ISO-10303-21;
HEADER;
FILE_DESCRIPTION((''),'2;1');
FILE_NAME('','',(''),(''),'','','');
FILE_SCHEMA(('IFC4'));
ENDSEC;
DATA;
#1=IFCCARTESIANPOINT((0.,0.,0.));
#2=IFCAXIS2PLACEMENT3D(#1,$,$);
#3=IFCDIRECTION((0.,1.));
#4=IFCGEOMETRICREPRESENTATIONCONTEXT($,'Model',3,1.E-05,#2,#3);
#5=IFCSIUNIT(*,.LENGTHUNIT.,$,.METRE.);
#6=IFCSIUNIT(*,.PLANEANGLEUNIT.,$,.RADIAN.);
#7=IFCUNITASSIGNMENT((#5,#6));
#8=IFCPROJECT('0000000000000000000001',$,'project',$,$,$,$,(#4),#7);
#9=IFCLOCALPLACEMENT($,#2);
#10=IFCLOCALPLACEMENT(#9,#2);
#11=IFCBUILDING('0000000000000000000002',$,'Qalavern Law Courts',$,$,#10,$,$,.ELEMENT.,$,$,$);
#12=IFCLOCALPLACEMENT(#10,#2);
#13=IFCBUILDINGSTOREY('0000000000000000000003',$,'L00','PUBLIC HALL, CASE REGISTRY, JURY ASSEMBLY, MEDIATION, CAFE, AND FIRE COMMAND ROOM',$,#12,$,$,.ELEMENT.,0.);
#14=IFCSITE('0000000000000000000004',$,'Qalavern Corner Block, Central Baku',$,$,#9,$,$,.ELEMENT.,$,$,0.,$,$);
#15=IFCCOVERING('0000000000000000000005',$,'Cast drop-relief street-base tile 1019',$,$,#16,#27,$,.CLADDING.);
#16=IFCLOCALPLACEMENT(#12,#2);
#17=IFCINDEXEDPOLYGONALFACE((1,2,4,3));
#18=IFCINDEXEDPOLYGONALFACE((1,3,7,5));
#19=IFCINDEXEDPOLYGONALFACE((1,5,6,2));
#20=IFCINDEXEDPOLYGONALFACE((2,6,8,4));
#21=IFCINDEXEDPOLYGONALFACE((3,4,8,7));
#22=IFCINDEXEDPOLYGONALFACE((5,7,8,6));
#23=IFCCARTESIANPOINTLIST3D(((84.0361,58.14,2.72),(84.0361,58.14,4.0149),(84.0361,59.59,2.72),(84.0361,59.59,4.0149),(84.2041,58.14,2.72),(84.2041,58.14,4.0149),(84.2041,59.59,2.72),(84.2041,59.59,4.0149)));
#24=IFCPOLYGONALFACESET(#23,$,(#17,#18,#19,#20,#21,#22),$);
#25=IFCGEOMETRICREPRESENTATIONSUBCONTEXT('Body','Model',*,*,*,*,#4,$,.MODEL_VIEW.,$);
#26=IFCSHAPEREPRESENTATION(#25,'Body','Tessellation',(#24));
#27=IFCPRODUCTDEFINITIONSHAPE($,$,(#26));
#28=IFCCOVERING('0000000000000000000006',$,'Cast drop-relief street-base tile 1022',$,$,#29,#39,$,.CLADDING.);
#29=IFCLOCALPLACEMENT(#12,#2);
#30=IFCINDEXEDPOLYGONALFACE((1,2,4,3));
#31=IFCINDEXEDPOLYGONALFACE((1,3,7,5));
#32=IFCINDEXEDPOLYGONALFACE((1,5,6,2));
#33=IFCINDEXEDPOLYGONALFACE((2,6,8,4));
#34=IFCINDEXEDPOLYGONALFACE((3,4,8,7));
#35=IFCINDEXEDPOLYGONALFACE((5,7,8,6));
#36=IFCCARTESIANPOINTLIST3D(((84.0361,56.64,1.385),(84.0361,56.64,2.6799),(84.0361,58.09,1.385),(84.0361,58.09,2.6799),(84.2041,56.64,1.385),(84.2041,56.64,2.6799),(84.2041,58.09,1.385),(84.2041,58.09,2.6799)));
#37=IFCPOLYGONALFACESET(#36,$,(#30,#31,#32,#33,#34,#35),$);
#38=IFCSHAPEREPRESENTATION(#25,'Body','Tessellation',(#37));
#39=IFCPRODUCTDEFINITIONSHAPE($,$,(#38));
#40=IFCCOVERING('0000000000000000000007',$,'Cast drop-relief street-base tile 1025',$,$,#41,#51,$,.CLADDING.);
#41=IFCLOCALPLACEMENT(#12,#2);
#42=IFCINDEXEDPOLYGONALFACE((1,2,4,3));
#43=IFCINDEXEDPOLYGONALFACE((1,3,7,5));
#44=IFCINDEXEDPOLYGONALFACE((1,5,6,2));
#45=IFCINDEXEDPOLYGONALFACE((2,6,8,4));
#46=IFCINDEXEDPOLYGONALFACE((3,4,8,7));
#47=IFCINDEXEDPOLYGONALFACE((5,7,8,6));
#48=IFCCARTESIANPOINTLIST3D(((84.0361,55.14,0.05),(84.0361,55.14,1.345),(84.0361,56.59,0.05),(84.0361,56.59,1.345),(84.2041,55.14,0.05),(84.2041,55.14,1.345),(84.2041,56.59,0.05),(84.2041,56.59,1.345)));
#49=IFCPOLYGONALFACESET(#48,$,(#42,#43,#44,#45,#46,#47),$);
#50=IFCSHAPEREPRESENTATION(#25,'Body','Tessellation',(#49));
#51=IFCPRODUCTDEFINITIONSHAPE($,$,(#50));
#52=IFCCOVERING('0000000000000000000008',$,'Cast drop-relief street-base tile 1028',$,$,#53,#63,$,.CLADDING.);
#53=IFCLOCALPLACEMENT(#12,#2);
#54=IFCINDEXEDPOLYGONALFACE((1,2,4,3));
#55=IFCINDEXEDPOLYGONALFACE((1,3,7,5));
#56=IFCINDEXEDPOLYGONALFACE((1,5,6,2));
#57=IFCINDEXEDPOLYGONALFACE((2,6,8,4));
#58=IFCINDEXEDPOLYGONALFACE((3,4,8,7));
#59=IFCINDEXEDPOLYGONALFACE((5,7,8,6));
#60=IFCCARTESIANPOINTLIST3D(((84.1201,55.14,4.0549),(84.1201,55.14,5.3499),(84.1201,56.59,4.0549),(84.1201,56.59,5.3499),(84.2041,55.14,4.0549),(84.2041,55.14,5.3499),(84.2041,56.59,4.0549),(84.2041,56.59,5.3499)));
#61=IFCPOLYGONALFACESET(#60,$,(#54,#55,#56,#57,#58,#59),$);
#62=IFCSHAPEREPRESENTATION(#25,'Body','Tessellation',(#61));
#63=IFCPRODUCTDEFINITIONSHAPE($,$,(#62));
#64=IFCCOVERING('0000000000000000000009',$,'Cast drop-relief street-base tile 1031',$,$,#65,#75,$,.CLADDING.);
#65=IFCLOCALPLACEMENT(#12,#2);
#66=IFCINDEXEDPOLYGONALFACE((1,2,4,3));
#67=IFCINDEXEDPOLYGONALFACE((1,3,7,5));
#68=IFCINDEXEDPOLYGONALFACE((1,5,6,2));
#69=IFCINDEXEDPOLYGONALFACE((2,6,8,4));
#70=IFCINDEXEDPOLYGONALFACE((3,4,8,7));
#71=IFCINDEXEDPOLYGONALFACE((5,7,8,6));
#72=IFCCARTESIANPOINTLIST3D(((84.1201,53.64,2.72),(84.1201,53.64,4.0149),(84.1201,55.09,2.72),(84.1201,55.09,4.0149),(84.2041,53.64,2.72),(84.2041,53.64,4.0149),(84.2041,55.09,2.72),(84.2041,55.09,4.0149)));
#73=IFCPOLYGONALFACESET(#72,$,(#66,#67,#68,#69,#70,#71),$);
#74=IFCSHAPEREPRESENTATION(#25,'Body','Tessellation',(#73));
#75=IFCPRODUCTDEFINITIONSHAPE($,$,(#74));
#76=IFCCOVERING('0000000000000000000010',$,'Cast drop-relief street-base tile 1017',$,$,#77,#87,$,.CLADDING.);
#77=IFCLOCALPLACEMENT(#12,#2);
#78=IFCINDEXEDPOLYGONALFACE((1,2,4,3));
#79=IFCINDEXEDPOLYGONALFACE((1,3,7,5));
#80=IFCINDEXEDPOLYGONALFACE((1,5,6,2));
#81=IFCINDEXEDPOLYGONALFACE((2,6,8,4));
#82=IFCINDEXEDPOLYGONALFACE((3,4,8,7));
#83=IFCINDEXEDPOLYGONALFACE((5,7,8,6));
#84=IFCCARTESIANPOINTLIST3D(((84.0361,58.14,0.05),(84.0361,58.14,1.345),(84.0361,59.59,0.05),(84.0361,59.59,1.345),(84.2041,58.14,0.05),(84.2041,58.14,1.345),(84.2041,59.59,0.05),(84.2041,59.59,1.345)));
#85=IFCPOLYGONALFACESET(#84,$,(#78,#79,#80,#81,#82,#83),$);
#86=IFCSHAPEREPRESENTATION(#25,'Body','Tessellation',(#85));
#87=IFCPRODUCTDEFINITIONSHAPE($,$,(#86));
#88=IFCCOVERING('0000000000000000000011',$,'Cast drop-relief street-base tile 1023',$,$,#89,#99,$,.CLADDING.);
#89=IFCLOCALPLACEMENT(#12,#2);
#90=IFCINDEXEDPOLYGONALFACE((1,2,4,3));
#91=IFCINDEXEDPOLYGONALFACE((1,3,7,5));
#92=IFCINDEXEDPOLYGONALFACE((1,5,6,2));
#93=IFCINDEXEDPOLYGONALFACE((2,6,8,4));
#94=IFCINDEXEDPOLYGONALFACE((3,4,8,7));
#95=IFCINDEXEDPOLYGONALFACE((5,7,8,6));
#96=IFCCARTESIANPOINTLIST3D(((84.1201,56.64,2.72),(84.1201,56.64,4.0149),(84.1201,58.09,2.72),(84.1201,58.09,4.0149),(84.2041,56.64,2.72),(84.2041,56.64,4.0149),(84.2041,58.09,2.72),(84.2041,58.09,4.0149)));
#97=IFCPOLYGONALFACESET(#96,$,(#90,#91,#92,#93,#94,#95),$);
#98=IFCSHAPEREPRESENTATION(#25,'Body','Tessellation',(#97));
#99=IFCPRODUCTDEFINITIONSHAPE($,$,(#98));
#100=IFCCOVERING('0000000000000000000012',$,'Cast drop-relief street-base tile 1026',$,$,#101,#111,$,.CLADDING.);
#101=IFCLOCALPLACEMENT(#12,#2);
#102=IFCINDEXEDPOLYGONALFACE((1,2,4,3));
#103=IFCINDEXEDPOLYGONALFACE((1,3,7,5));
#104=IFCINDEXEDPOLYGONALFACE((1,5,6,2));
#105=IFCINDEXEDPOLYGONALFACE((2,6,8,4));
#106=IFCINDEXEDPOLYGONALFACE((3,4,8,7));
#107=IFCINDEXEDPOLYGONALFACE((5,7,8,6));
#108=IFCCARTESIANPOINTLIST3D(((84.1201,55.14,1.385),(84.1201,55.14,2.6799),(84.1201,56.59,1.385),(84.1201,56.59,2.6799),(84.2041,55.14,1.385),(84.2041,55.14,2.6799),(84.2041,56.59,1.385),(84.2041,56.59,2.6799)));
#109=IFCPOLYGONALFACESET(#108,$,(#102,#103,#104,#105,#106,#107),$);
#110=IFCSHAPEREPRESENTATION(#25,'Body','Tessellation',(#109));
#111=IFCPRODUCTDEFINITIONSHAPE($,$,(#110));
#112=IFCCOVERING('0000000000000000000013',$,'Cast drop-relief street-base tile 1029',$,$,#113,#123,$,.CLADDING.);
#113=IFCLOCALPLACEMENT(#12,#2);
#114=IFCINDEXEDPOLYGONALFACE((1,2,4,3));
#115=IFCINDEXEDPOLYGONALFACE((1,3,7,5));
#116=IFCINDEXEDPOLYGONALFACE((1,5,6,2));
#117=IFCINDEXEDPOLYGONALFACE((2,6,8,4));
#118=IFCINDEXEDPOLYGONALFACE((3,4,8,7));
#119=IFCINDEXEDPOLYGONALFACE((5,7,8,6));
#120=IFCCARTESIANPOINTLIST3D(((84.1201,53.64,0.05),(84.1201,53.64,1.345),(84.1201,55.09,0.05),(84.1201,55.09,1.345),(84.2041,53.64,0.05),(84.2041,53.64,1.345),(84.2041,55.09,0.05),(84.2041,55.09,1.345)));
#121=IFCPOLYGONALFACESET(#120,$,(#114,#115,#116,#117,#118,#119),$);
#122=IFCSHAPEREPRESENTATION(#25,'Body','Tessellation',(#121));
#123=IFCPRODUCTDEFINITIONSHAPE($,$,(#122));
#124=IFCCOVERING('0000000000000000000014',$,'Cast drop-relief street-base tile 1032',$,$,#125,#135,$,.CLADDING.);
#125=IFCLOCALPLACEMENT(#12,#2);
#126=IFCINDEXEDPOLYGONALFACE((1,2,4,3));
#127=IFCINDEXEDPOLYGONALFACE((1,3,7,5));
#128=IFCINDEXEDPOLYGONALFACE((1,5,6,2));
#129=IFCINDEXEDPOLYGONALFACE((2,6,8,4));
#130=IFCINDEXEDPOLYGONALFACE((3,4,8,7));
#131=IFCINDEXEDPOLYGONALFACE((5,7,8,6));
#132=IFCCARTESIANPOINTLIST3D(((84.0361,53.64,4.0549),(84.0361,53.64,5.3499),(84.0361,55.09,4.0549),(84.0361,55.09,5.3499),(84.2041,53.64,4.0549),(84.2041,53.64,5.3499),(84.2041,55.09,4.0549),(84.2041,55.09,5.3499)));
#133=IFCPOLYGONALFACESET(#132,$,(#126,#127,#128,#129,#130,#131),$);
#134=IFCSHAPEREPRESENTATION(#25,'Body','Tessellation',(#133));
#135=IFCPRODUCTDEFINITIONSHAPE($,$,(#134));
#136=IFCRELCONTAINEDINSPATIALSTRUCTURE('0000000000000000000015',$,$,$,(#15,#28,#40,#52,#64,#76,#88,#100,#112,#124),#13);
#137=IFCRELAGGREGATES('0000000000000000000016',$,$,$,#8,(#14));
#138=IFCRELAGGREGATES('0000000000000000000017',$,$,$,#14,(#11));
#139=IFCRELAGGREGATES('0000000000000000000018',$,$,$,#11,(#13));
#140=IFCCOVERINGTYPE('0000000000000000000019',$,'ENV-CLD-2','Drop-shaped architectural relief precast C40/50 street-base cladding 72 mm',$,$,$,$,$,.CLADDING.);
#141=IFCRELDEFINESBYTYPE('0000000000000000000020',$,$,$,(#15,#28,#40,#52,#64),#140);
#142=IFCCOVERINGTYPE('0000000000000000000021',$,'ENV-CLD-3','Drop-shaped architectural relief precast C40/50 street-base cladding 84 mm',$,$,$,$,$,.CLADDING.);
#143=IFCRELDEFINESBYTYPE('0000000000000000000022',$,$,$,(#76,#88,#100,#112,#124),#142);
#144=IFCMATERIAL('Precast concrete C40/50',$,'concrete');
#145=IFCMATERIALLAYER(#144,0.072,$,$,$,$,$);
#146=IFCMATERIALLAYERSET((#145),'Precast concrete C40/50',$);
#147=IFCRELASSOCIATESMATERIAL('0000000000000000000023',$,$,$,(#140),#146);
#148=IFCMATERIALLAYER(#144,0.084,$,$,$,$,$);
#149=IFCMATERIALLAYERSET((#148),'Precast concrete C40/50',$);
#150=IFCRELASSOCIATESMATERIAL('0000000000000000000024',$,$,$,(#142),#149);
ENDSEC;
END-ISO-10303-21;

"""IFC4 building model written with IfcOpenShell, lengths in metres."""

from ifc_helpers import new_model, si_unit, direction, frame, origin, origin_2d, place, context, subcontext, project, spatial, rectangle, extrude, material, layer, layer_set, type_object, element, save


model = new_model("IFC4")

# Units and contexts
model_context = context("Model", 3, precision=1e-05, world=origin(), true_north=direction((0.0, 1.0)))
body_context = subcontext(model_context, "Body", "Model", "MODEL_VIEW")
ifc_project = project(units=[si_unit("LENGTHUNIT", "METRE"), si_unit("PLANEANGLEUNIT", "RADIAN")], contexts=[model_context])

# Site, building, storey
site_placement = place(None, origin())
site = spatial("IfcSite", under=ifc_project, at=site_placement, Name="Qalavern Corner Block, Central Baku", CompositionType="ELEMENT", RefElevation=0.0)
building_placement = place(site_placement, origin())
building = spatial("IfcBuilding", under=site, at=building_placement, Name="Qalavern Law Courts", CompositionType="ELEMENT")
storey_placement = place(building_placement, origin())
storey = spatial("IfcBuildingStorey", under=building, at=storey_placement, Name="L00", Description="PUBLIC HALL, CASE REGISTRY, JURY ASSEMBLY, MEDIATION, CAFE, AND FIRE COMMAND ROOM", CompositionType="ELEMENT", Elevation=0.0)

# Coverings
ifc_material_1 = material(Name="Precast concrete C40/50", Category="concrete")
ifc_layer_1 = layer(ifc_material_1, 0.072)
ifc_layer_set_1 = layer_set([ifc_layer_1], Name="Precast concrete C40/50")
covering_type_1 = type_object("IfcCoveringType", Name="ENV-CLD-2", Description="Drop-shaped architectural relief precast C40/50 street-base cladding 72 mm", PredefinedType="CLADDING", material=ifc_layer_set_1)
for number, where, z_axis, x_axis, name in (
    (1, (84.1201, 58.865, 2.72), (0.0, 0.0, 1.0), (0.0, -1.0, 0.0), "Cast drop-relief street-base tile 1019"),
    (2, (84.1201, 57.365, 1.385), (0.0, 0.0, 1.0), (0.0, -1.0, 0.0), "Cast drop-relief street-base tile 1022"),
    (3, (84.1201, 55.865, 0.05), (0.0, 0.0, 1.0), (0.0, -1.0, 0.0), "Cast drop-relief street-base tile 1025"),
):
    element("IfcCovering", number, at=place(storey_placement, frame(where, z_axis=z_axis, x_axis=x_axis)), inside=storey, type_object=covering_type_1, Name=name, PredefinedType="CLADDING", context=body_context, shape_type="SweptSolid", body=[
        extrude(rectangle(XDim=1.45, YDim=0.168, at=origin_2d()), origin(), (0.0, 0.0, 1.0), 1.2949),
    ])
for number, where, z_axis, x_axis, name in (
    (4, (84.1621, 55.865, 4.0549), (0.0, 0.0, 1.0), (0.0, -1.0, 0.0), "Cast drop-relief street-base tile 1028"),
    (5, (84.1621, 54.365, 2.72), (0.0, 0.0, 1.0), (0.0, -1.0, 0.0), "Cast drop-relief street-base tile 1031"),
):
    element("IfcCovering", number, at=place(storey_placement, frame(where, z_axis=z_axis, x_axis=x_axis)), inside=storey, type_object=covering_type_1, Name=name, PredefinedType="CLADDING", context=body_context, shape_type="SweptSolid", body=[
        extrude(rectangle(XDim=1.45, YDim=0.084, at=origin_2d()), origin(), (0.0, 0.0, 1.0), 1.2949),
    ])
ifc_layer_2 = layer(ifc_material_1, 0.084)
ifc_layer_set_2 = layer_set([ifc_layer_2], Name="Precast concrete C40/50")
covering_type_2 = type_object("IfcCoveringType", Name="ENV-CLD-3", Description="Drop-shaped architectural relief precast C40/50 street-base cladding 84 mm", PredefinedType="CLADDING", material=ifc_layer_set_2)
covering_1_placement = place(storey_placement, frame((84.1201, 58.865, 0.05), z_axis=(0.0, 0.0, 1.0), x_axis=(0.0, -1.0, 0.0)))
element("IfcCovering", 6, at=covering_1_placement, inside=storey, type_object=covering_type_2, Name="Cast drop-relief street-base tile 1017", PredefinedType="CLADDING", context=body_context, shape_type="SweptSolid", body=[
    extrude(rectangle(XDim=1.45, YDim=0.168, at=origin_2d()), origin(), (0.0, 0.0, 1.0), 1.2949),
])
for number, where, z_axis, x_axis, name in (
    (7, (84.1621, 57.365, 2.72), (0.0, 0.0, 1.0), (0.0, -1.0, 0.0), "Cast drop-relief street-base tile 1023"),
    (8, (84.1621, 55.865, 1.385), (0.0, 0.0, 1.0), (0.0, -1.0, 0.0), "Cast drop-relief street-base tile 1026"),
    (9, (84.1621, 54.365, 0.05), (0.0, 0.0, 1.0), (0.0, -1.0, 0.0), "Cast drop-relief street-base tile 1029"),
):
    element("IfcCovering", number, at=place(storey_placement, frame(where, z_axis=z_axis, x_axis=x_axis)), inside=storey, type_object=covering_type_2, Name=name, PredefinedType="CLADDING", context=body_context, shape_type="SweptSolid", body=[
        extrude(rectangle(XDim=1.45, YDim=0.084, at=origin_2d()), origin(), (0.0, 0.0, 1.0), 1.2949),
    ])
covering_2_placement = place(storey_placement, frame((84.1201, 54.365, 4.0549), z_axis=(0.0, 0.0, 1.0), x_axis=(0.0, -1.0, 0.0)))
element("IfcCovering", 10, at=covering_2_placement, inside=storey, type_object=covering_type_2, Name="Cast drop-relief street-base tile 1032", PredefinedType="CLADDING", context=body_context, shape_type="SweptSolid", body=[
    extrude(rectangle(XDim=1.45, YDim=0.168, at=origin_2d()), origin(), (0.0, 0.0, 1.0), 1.2949),
])

save(model, "model.ifc")
